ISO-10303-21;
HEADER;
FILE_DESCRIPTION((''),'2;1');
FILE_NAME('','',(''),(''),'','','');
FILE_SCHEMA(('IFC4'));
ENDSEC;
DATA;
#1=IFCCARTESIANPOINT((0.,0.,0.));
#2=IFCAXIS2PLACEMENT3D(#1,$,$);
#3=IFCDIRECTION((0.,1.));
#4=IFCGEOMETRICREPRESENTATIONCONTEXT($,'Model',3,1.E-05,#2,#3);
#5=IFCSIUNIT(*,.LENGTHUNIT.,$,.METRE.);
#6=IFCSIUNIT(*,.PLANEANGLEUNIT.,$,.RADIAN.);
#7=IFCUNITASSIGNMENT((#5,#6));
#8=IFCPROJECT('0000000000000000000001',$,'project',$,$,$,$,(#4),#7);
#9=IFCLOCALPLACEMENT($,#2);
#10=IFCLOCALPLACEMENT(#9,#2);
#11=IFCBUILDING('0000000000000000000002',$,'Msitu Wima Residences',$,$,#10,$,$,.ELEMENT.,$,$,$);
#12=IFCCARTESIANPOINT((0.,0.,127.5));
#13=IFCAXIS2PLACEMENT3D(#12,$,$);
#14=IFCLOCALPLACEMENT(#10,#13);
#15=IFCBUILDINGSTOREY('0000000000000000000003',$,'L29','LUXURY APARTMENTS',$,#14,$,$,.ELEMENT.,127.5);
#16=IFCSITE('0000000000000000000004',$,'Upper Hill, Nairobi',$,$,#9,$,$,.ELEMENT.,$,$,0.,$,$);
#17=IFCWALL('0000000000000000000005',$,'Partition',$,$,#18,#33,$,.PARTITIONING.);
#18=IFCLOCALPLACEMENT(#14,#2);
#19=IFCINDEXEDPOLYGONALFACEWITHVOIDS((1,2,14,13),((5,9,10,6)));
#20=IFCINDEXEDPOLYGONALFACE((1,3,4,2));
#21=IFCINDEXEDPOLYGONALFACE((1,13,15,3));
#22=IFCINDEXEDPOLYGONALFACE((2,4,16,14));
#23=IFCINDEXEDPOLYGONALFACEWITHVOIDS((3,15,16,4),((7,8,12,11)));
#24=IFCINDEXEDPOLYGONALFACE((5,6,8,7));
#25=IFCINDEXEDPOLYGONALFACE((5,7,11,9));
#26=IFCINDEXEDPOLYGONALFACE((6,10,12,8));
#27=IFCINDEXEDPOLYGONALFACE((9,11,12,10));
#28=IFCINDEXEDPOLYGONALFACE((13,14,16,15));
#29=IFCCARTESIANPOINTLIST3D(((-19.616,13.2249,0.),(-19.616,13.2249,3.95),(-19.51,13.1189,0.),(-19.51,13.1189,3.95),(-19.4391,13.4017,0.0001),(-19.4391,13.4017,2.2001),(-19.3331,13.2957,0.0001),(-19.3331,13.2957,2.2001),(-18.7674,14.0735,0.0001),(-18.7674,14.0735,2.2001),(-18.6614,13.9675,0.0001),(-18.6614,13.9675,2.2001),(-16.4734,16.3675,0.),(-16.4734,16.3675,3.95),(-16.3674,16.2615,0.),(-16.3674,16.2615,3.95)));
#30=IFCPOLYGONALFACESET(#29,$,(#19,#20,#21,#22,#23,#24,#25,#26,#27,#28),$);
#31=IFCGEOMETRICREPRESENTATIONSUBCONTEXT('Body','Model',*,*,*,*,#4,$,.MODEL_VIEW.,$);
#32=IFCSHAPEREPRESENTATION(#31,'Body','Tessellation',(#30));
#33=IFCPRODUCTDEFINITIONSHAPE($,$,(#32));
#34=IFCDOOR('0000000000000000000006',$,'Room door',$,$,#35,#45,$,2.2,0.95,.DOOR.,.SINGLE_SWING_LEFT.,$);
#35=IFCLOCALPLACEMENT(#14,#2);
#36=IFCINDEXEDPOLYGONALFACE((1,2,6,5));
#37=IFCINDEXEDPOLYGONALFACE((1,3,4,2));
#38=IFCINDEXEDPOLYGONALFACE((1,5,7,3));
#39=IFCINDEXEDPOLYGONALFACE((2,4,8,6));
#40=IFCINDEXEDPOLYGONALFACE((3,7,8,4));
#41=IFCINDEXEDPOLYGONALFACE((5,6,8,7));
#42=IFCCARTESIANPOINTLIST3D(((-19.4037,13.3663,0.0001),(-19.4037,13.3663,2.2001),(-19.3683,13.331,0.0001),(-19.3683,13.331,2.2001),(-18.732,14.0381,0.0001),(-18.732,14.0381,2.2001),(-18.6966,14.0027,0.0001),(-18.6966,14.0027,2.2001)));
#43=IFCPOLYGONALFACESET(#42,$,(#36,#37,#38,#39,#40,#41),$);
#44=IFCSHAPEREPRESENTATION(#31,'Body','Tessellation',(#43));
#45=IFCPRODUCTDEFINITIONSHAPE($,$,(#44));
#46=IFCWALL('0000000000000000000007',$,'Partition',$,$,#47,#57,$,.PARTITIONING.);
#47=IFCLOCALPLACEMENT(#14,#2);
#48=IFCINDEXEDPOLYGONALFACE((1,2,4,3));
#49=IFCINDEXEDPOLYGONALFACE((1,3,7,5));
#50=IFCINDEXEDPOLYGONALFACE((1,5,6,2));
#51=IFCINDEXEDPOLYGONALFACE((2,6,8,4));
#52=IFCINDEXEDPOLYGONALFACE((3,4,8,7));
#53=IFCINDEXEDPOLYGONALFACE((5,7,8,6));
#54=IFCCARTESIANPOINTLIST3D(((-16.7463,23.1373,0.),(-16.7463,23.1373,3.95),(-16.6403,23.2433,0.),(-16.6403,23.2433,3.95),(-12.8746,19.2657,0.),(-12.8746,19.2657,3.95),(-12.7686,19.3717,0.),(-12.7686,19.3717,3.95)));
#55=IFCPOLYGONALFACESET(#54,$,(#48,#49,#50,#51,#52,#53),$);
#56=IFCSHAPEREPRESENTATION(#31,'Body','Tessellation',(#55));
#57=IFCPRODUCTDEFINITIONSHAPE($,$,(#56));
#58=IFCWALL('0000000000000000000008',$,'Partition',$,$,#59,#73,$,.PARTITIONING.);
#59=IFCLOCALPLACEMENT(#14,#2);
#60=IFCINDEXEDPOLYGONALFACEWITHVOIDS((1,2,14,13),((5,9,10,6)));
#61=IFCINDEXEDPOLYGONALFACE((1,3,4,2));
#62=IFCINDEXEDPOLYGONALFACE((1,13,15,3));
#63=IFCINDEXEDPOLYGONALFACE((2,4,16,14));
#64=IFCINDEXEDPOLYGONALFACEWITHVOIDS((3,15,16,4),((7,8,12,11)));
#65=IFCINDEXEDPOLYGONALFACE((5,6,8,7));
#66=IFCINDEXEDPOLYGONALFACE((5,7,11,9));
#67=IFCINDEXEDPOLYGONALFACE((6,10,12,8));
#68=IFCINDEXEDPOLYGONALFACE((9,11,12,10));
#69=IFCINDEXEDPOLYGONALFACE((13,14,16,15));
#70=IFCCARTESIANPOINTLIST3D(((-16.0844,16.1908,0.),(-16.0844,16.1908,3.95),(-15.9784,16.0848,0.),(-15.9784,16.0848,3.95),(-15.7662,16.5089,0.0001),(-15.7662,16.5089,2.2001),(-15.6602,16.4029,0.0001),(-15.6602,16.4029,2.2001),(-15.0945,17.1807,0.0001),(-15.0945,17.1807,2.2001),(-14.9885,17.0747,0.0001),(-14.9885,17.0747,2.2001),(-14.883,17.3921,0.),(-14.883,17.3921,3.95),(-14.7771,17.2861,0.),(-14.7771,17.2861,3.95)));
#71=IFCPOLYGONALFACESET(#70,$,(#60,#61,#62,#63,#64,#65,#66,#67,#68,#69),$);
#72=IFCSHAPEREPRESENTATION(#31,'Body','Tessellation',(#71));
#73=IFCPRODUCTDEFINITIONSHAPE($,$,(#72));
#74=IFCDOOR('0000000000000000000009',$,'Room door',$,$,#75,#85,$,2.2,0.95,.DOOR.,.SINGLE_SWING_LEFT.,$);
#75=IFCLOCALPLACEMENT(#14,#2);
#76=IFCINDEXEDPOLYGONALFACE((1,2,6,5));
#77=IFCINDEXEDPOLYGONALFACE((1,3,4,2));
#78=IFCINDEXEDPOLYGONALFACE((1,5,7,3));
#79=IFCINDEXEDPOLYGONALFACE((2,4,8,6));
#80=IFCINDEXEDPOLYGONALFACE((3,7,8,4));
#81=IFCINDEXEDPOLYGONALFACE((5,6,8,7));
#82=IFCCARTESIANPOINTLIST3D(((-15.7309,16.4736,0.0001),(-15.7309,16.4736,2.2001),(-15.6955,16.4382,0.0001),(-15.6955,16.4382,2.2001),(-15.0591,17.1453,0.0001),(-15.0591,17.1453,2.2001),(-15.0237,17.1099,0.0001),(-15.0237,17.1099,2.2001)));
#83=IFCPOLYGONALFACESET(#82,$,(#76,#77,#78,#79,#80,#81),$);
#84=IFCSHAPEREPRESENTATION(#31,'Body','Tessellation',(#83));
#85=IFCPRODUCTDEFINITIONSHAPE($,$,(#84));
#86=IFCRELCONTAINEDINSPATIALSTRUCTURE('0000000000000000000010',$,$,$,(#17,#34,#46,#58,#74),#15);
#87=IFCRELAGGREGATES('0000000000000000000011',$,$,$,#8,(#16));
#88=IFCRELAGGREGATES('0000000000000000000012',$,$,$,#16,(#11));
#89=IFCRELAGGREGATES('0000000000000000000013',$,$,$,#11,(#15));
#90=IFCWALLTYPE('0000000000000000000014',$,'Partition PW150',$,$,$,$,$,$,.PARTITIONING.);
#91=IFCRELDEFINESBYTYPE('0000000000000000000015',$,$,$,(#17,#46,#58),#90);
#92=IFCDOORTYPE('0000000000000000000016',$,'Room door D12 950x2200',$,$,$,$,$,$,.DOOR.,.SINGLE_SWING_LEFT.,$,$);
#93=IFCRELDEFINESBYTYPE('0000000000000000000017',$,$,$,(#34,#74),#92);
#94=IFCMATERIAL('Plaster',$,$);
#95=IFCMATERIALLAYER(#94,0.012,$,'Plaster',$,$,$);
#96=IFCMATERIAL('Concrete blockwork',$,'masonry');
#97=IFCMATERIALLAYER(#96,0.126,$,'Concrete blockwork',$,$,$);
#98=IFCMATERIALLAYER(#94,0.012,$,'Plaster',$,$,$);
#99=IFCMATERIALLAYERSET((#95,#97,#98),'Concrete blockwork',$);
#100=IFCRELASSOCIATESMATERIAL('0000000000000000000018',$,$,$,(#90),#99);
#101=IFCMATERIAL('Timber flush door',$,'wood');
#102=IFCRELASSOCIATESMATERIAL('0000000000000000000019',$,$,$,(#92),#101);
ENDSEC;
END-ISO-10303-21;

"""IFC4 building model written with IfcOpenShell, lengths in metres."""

from ifc_helpers import new_model, si_unit, direction, frame, frame_2d, origin, place, context, subcontext, project, spatial, rectangle, extrude, material, layer, layer_set, type_object, element, fill, save


model = new_model("IFC4")

# Units and contexts
model_context = context("Model", 3, precision=1e-05, world=origin(), true_north=direction((0.0, 1.0)))
body_context = subcontext(model_context, "Body", "Model", "MODEL_VIEW")
ifc_project = project(units=[si_unit("LENGTHUNIT", "METRE"), si_unit("PLANEANGLEUNIT", "RADIAN")], contexts=[model_context])

# Site, building, storey
site_placement = place(None, origin())
site = spatial("IfcSite", under=ifc_project, at=site_placement, Name="Upper Hill, Nairobi", CompositionType="ELEMENT", RefElevation=0.0)
building_placement = place(site_placement, origin())
building = spatial("IfcBuilding", under=site, at=building_placement, Name="Msitu Wima Residences", CompositionType="ELEMENT")
storey_placement = place(building_placement, frame((0.0, 0.0, 127.5)))
storey = spatial("IfcBuildingStorey", under=building, at=storey_placement, Name="L29", Description="LUXURY APARTMENTS", CompositionType="ELEMENT", Elevation=127.5)

# Shared definitions
ifc_material_1 = material(Name="Plaster")
ifc_material_2 = material(Name="Concrete blockwork", Category="masonry")
ifc_layer_1 = layer(ifc_material_1, 0.012, Name="Plaster")
ifc_layer_2 = layer(ifc_material_2, 0.126, Name="Concrete blockwork")
ifc_layer_3 = layer(ifc_material_1, 0.012, Name="Plaster")
ifc_layer_set_1 = layer_set([ifc_layer_1, ifc_layer_2, ifc_layer_3], Name="Concrete blockwork")
wall_type_1 = type_object("IfcWallType", Name="Partition PW150", PredefinedType="PARTITIONING", material=ifc_layer_set_1)

# Wall, opening, door
wall_1_placement = place(storey_placement, frame((-19.563, 13.1719, 0.0), z_axis=(0.0, 0.0, 1.0), x_axis=(0.707107, 0.707107, 0.0)))
wall_1 = element("IfcWall", 1, at=wall_1_placement, inside=storey, type_object=wall_type_1, Name="Partition", PredefinedType="PARTITIONING", context=body_context, shape_type="SweptSolid", body=[
    extrude(rectangle(XDim=4.4443, YDim=0.1499, at=frame_2d((2.2222, 0.0))), origin(), (0.0, 0.0, 1.0), 3.95),
])
opening_1_placement = place(wall_1_placement, frame((0.25, 0.0, 0.0)))
opening_1 = element("IfcOpeningElement", 2, at=opening_1_placement, cuts=wall_1, PredefinedType="OPENING", context=body_context, shape_type="SweptSolid", body=[
    extrude(rectangle(XDim=0.95, YDim=2.2, at=frame_2d((0.4751, 1.1001))), frame((0.0, 0.085, 0.0), z_axis=(0.0, -1.0, 0.0), x_axis=(1.0, 0.0, 0.0)), (0.0, 0.0, 1.0), 0.1699),
])
ifc_material_3 = material(Name="Timber flush door", Category="wood")
door_type_1 = type_object("IfcDoorType", Name="Room door D12 950x2200", OperationType="SINGLE_SWING_LEFT", PredefinedType="DOOR", material=ifc_material_3)
door_1_placement = place(opening_1_placement, origin())
door_1 = element("IfcDoor", 3, at=door_1_placement, inside=storey, type_object=door_type_1, Name="Room door", OperationType="SINGLE_SWING_LEFT", OverallHeight=2.2, OverallWidth=0.95, PredefinedType="DOOR", context=body_context, shape_type="SweptSolid", body=[
    extrude(rectangle(XDim=0.95, YDim=2.2, at=frame_2d((0.4751, 1.1001))), frame((0.0, 0.0249, 0.0), z_axis=(0.0, -1.0, 0.0), x_axis=(1.0, 0.0, 0.0)), (0.0, 0.0, 1.0), 0.05),
])
fill(opening_1, door_1)

# Wall
wall_2_placement = place(storey_placement, frame((-16.6934, 23.1904, 0.0), z_axis=(0.0, 0.0, 1.0), x_axis=(0.707107, -0.707107, 0.0)))
element("IfcWall", 4, at=wall_2_placement, inside=storey, type_object=wall_type_1, Name="Partition", PredefinedType="PARTITIONING", context=body_context, shape_type="SweptSolid", body=[
    extrude(rectangle(XDim=5.4753, YDim=0.1499, at=frame_2d((2.7378, 0.0))), origin(), (0.0, 0.0, 1.0), 3.95),
])

# Wall, opening, door
wall_3_placement = place(storey_placement, frame((-16.0315, 16.1377, 0.0), z_axis=(0.0, 0.0, 1.0), x_axis=(0.707107, 0.707107, 0.0)))
wall_3 = element("IfcWall", 5, at=wall_3_placement, inside=storey, type_object=wall_type_1, Name="Partition", PredefinedType="PARTITIONING", context=body_context, shape_type="SweptSolid", body=[
    extrude(rectangle(XDim=1.699, YDim=0.1499, at=frame_2d((0.8496, 0.0))), origin(), (0.0, 0.0, 1.0), 3.95),
])
opening_2_placement = place(wall_3_placement, frame((0.45, 0.0, 0.0)))
opening_2 = element("IfcOpeningElement", 6, at=opening_2_placement, cuts=wall_3, PredefinedType="OPENING", context=body_context, shape_type="SweptSolid", body=[
    extrude(rectangle(XDim=0.95, YDim=2.2, at=frame_2d((0.4751, 1.1001))), frame((0.0, 0.085, 0.0), z_axis=(0.0, -1.0, 0.0), x_axis=(1.0, 0.0, 0.0)), (0.0, 0.0, 1.0), 0.1699),
])
door_2_placement = place(opening_2_placement, origin())
door_2 = element("IfcDoor", 7, at=door_2_placement, inside=storey, type_object=door_type_1, Name="Room door", OperationType="SINGLE_SWING_LEFT", OverallHeight=2.2, OverallWidth=0.95, PredefinedType="DOOR", context=body_context, shape_type="SweptSolid", body=[
    extrude(rectangle(XDim=0.95, YDim=2.2, at=frame_2d((0.4751, 1.1001))), frame((0.0, 0.0249, 0.0), z_axis=(0.0, -1.0, 0.0), x_axis=(1.0, 0.0, 0.0)), (0.0, 0.0, 1.0), 0.05),
])
fill(opening_2, door_2)

save(model, "model.ifc")
